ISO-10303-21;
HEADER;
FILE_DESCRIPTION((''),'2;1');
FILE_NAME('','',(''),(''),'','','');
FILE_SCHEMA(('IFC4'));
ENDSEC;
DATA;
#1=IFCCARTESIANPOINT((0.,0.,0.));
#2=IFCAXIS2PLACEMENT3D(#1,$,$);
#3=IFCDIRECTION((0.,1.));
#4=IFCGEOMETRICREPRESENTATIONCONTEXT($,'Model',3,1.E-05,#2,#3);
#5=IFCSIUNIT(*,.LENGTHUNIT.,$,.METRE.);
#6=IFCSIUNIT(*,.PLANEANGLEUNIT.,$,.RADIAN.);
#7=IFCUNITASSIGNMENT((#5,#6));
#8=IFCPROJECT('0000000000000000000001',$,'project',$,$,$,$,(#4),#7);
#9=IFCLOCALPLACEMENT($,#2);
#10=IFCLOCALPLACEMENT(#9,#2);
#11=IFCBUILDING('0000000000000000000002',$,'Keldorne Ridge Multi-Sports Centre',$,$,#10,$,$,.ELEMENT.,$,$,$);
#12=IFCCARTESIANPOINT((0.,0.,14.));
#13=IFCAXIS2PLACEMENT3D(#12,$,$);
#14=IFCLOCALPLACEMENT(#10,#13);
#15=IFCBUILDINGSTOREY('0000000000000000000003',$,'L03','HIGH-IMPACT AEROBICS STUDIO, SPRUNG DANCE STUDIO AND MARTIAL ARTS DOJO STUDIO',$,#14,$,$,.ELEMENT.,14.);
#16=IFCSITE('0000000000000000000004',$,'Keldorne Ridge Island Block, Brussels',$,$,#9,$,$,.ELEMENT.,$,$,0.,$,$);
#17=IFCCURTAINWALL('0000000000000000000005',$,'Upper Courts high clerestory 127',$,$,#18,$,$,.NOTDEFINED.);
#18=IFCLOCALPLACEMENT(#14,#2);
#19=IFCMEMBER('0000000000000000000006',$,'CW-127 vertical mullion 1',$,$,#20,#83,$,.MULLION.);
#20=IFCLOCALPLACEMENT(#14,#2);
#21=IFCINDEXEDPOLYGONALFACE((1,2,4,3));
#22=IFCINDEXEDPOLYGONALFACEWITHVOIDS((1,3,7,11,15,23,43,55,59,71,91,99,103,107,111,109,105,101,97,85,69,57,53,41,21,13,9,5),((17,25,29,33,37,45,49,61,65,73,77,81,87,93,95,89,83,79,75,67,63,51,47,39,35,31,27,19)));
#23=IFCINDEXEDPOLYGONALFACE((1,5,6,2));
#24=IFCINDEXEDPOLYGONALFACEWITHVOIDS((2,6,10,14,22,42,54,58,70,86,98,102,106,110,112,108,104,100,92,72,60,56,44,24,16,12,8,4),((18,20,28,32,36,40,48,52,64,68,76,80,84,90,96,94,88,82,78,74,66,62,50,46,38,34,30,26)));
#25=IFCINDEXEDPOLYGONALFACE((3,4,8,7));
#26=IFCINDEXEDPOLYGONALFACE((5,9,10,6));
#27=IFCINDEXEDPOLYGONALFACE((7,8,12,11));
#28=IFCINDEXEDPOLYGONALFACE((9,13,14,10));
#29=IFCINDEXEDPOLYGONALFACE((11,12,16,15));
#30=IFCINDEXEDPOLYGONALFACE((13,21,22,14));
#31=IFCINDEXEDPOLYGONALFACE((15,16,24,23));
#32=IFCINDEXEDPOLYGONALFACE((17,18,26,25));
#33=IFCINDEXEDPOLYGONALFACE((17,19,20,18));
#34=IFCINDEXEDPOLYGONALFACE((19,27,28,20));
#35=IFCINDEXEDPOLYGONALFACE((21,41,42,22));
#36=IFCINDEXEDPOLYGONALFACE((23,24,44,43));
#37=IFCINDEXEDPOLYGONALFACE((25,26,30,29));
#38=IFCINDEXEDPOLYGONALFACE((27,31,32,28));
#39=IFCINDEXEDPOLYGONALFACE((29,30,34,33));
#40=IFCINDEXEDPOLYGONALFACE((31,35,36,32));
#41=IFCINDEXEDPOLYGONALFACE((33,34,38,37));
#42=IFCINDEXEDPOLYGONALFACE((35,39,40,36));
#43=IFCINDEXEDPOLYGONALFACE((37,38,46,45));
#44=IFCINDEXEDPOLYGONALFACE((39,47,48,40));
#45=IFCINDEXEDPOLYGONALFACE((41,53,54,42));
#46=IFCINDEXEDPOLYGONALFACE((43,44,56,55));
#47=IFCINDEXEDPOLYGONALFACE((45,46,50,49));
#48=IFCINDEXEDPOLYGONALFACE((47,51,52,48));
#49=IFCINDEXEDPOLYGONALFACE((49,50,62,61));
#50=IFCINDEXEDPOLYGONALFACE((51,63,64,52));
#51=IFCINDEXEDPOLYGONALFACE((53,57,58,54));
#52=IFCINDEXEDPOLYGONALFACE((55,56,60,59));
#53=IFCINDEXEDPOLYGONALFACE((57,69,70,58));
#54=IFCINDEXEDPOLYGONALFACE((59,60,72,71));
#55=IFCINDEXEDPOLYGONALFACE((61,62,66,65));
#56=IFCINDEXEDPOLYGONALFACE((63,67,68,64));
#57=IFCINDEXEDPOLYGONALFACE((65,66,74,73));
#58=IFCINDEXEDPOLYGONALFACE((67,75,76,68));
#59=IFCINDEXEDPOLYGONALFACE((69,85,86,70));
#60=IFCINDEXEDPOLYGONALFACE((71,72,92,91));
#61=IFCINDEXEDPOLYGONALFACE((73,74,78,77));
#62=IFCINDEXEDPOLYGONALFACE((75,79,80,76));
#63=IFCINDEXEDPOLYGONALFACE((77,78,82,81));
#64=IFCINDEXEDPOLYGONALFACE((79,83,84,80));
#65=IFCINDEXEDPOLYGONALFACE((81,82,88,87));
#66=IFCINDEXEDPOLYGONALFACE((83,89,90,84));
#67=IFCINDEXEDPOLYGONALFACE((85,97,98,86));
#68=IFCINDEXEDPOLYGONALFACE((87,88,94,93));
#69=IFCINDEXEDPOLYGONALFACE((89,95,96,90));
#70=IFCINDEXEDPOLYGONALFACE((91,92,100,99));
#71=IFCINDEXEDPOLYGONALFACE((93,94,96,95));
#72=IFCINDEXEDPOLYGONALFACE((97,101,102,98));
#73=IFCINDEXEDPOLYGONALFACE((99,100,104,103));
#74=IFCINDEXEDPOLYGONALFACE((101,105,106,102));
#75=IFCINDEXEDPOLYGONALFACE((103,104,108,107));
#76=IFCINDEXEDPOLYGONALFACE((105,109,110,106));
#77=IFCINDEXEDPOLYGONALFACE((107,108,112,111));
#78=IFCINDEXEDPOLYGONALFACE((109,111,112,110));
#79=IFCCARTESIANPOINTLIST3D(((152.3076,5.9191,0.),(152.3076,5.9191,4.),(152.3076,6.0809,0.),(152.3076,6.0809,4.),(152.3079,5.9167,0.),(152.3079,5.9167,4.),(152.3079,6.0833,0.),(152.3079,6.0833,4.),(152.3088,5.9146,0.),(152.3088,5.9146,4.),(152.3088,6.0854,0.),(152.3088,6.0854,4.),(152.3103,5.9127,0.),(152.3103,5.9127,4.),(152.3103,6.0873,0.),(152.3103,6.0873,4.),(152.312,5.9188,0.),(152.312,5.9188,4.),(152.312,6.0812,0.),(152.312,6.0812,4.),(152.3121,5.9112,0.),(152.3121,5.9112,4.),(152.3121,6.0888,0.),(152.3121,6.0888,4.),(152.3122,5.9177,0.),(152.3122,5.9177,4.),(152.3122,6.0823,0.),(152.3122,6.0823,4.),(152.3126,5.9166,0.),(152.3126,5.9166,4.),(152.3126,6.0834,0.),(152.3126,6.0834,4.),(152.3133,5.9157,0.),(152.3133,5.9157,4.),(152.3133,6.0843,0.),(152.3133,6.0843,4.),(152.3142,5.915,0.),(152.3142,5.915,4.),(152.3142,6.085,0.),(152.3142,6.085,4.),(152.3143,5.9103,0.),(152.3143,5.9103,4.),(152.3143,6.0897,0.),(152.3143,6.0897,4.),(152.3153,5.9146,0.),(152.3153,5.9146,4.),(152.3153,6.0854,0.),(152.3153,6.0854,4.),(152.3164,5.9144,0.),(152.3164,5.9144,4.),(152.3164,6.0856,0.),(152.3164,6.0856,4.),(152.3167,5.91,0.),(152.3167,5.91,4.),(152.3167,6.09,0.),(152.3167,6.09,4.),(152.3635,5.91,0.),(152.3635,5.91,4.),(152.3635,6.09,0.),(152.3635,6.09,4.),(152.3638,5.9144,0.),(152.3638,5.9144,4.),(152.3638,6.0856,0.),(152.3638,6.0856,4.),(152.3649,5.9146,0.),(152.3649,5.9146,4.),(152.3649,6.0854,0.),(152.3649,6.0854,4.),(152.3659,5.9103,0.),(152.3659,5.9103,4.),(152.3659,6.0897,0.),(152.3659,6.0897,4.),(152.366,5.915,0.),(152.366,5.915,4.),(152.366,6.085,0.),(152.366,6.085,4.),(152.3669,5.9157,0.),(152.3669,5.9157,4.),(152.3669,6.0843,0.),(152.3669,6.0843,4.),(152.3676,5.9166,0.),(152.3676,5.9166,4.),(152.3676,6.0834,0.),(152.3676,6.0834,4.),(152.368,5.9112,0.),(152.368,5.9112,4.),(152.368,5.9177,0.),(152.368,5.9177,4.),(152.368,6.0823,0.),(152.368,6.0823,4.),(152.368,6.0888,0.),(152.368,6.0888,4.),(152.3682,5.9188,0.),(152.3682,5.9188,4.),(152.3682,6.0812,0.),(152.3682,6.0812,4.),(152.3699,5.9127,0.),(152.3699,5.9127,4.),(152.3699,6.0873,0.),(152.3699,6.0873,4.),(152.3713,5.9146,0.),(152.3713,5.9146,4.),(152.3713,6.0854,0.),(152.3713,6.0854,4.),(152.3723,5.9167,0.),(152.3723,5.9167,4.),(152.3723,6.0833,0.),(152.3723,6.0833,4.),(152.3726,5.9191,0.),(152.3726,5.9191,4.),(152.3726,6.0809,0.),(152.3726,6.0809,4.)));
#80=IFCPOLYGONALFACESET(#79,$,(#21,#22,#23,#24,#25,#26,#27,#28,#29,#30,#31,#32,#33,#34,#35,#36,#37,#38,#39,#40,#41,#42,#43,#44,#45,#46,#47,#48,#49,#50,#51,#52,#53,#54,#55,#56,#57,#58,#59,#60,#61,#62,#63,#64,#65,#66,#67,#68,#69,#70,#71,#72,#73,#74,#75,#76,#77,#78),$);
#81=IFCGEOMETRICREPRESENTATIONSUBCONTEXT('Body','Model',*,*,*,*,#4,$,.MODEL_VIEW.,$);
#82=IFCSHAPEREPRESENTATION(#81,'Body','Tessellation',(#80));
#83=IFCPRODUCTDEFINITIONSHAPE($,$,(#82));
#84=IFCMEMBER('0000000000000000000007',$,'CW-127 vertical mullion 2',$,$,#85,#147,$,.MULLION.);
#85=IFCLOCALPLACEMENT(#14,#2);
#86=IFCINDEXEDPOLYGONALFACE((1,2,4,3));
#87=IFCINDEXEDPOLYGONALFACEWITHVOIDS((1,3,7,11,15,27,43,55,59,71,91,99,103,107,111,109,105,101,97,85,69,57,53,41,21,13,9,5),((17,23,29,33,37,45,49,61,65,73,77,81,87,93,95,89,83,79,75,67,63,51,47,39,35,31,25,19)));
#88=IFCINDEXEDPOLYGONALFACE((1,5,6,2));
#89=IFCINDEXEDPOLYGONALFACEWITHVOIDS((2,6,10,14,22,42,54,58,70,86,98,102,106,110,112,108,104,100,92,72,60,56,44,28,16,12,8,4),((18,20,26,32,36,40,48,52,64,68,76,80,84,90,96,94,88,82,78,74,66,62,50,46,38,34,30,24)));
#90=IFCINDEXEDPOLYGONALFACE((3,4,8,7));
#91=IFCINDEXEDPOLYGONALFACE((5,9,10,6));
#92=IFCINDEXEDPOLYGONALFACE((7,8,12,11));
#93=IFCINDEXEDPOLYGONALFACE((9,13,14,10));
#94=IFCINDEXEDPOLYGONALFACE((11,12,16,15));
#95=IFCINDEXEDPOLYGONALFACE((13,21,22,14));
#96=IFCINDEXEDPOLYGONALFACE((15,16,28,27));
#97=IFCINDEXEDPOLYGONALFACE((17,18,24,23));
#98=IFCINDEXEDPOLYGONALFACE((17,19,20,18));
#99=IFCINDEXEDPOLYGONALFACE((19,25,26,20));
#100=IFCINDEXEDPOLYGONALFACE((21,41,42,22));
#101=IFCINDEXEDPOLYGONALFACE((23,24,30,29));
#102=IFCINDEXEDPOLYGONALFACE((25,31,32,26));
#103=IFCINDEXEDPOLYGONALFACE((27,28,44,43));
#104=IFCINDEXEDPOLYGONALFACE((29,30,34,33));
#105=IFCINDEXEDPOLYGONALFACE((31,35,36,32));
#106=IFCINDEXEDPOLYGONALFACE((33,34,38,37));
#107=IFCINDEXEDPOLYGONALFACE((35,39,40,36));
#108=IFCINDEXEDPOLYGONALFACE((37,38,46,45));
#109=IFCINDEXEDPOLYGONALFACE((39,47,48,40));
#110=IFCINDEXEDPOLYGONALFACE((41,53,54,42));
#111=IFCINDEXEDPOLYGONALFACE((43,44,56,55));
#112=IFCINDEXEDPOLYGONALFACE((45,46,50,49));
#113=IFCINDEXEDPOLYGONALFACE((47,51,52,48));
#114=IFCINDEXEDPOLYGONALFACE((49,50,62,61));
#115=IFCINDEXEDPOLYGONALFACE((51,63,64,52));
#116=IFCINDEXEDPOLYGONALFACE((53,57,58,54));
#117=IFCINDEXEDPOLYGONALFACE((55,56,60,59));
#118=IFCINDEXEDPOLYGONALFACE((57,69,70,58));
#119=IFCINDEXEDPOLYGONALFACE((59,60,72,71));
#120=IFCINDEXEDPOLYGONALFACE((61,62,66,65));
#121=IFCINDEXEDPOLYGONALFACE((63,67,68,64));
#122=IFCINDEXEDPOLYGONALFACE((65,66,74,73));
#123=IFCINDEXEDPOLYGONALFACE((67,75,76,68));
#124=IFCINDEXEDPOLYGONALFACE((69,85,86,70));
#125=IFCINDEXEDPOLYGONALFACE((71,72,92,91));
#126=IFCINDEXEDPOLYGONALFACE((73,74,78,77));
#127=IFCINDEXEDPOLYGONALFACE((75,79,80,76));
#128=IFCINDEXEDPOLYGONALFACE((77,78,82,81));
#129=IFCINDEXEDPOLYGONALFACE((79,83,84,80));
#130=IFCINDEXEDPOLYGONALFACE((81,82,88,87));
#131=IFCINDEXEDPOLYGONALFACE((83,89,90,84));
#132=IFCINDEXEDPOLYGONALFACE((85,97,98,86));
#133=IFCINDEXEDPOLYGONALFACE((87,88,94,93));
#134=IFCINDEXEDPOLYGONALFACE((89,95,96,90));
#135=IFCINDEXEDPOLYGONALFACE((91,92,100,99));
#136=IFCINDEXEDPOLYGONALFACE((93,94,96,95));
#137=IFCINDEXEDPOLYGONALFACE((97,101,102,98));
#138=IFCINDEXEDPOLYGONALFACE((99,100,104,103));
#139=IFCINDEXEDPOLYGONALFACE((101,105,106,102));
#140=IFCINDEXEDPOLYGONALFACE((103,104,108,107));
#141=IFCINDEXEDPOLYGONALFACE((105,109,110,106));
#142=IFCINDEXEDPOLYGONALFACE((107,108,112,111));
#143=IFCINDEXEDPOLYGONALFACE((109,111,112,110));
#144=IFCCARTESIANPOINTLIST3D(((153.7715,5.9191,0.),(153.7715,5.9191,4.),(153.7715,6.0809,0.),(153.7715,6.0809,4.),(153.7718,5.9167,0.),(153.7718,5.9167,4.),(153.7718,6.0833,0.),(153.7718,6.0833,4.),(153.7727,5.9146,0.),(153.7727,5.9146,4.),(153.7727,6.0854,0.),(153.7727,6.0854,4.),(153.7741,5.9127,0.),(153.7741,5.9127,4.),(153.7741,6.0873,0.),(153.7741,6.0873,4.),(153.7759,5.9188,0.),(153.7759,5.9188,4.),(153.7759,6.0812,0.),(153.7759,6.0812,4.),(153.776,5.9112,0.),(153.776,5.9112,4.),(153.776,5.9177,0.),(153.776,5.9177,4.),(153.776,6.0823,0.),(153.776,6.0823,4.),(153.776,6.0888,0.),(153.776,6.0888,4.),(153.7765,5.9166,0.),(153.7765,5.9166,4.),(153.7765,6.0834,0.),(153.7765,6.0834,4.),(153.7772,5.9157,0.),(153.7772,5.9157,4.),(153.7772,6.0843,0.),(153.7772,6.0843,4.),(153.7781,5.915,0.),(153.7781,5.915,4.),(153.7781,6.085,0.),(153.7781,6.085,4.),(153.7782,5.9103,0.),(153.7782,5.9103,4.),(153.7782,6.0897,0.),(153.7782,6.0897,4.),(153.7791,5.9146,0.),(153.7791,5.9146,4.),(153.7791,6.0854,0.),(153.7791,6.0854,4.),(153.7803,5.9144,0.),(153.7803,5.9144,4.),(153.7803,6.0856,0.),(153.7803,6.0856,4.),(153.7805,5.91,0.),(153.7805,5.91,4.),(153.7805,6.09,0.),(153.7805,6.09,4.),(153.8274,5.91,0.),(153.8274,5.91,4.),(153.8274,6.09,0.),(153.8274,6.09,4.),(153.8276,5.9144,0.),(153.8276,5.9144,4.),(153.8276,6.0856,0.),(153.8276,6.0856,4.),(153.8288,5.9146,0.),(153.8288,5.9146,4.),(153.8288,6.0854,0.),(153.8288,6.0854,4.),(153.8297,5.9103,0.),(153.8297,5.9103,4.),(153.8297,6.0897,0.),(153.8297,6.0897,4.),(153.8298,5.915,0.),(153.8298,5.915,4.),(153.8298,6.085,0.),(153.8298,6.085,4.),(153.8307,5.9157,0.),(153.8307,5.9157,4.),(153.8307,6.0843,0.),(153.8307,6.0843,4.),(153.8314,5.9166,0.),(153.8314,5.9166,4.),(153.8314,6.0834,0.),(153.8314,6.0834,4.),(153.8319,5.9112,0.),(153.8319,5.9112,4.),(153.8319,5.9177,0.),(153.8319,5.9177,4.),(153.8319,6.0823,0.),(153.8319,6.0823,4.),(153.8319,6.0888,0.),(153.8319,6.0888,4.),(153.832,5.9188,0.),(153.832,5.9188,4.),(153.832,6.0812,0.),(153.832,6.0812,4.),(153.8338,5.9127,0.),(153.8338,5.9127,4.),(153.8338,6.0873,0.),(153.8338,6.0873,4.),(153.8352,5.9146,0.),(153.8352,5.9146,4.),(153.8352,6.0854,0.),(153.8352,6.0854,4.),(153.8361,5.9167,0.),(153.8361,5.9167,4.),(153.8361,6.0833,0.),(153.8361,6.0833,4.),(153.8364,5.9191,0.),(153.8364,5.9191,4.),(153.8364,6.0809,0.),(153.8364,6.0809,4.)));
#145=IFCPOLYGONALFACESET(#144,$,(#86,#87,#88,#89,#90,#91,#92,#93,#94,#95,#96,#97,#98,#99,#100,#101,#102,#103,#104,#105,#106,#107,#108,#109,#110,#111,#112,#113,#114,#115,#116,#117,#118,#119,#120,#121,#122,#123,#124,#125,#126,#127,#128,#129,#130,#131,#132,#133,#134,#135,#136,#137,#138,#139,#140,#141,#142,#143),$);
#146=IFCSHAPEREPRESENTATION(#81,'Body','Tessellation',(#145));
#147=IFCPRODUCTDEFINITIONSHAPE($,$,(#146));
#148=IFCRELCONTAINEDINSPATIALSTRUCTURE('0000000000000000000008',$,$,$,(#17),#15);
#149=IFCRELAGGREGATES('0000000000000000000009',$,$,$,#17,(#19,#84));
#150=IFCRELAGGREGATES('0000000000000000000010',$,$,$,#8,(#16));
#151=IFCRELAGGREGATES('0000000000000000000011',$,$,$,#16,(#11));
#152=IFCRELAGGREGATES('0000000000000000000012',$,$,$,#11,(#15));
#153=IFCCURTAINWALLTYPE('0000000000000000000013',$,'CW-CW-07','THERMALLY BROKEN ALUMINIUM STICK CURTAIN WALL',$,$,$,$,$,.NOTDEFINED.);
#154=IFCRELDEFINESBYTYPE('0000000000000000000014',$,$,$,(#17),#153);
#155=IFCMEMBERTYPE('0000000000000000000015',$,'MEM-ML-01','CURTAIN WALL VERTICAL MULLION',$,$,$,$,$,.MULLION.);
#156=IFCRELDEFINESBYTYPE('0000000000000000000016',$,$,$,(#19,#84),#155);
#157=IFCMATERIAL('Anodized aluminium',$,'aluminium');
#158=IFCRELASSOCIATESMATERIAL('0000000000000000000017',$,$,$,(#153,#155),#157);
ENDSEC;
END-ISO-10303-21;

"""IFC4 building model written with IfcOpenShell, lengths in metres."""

from ifc_helpers import new_model, si_unit, direction, frame, origin, origin_2d, place, context, subcontext, project, spatial, hollow_rectangle, extrude, material, material_profile, profile_set, type_object, element, aggregate, save


model = new_model("IFC4")

# Units and contexts
model_context = context("Model", 3, precision=1e-05, world=origin(), true_north=direction((0.0, 1.0)))
body_context = subcontext(model_context, "Body", "Model", "MODEL_VIEW")
ifc_project = project(units=[si_unit("LENGTHUNIT", "METRE"), si_unit("PLANEANGLEUNIT", "RADIAN")], contexts=[model_context])

# Site, building, storey
site_placement = place(None, origin())
site = spatial("IfcSite", under=ifc_project, at=site_placement, Name="Keldorne Ridge Island Block, Brussels", CompositionType="ELEMENT", RefElevation=0.0)
building_placement = place(site_placement, origin())
building = spatial("IfcBuilding", under=site, at=building_placement, Name="Keldorne Ridge Multi-Sports Centre", CompositionType="ELEMENT")
storey_placement = place(building_placement, frame((0.0, 0.0, 14.0)))
storey = spatial("IfcBuildingStorey", under=building, at=storey_placement, Name="L03", Description="HIGH-IMPACT AEROBICS STUDIO, SPRUNG DANCE STUDIO AND MARTIAL ARTS DOJO STUDIO", CompositionType="ELEMENT", Elevation=14.0)

# Curtain wall, members
ifc_material_1 = material(Name="Anodized aluminium", Category="aluminium")
curtain_wall_type = type_object("IfcCurtainWallType", Name="CW-CW-07", Description="THERMALLY BROKEN ALUMINIUM STICK CURTAIN WALL", PredefinedType="NOTDEFINED", material=ifc_material_1)
curtain_wall_placement = place(storey_placement, origin())
curtain_wall = element("IfcCurtainWall", 1, at=curtain_wall_placement, inside=storey, type_object=curtain_wall_type, Name="Upper Courts high clerestory 127", PredefinedType="NOTDEFINED")
ifc_material_profile_1 = material_profile(ifc_material_1, hollow_rectangle(XDim=0.0649, YDim=0.1799, WallThickness=0.0044, InnerFilletRadius=0.0044, OuterFilletRadius=0.009, at=origin_2d()), Name="ALU MULLION 180x65x4.5")
ifc_profile_set_1 = profile_set([ifc_material_profile_1], Name="Anodized aluminium")
member_type_1 = type_object("IfcMemberType", Name="MEM-ML-01", Description="CURTAIN WALL VERTICAL MULLION", PredefinedType="MULLION", material=ifc_profile_set_1)
member_1_placement = place(storey_placement, frame((152.3401, 6.0, 0.0), z_axis=(0.0, 0.0, 1.0), x_axis=(1.0, 0.0, 0.0)))
member_1 = element("IfcMember", 2, at=member_1_placement, type_object=member_type_1, Name="CW-127 vertical mullion 1", PredefinedType="MULLION", context=body_context, shape_type="SweptSolid", body=[
    extrude(hollow_rectangle(XDim=0.0649, YDim=0.1799, WallThickness=0.0044, InnerFilletRadius=0.0044, OuterFilletRadius=0.009, at=origin_2d()), origin(), (0.0, 0.0, 1.0), 4.0),
])
member_2_placement = place(storey_placement, frame((153.804, 6.0, 0.0), z_axis=(0.0, 0.0, 1.0), x_axis=(1.0, 0.0, 0.0)))
member_2 = element("IfcMember", 3, at=member_2_placement, type_object=member_type_1, Name="CW-127 vertical mullion 2", PredefinedType="MULLION", context=body_context, shape_type="SweptSolid", body=[
    extrude(hollow_rectangle(XDim=0.0649, YDim=0.1799, WallThickness=0.0044, InnerFilletRadius=0.0044, OuterFilletRadius=0.009, at=origin_2d()), origin(), (0.0, 0.0, 1.0), 4.0),
])
aggregate(curtain_wall, [member_1, member_2])

save(model, "model.ifc")
